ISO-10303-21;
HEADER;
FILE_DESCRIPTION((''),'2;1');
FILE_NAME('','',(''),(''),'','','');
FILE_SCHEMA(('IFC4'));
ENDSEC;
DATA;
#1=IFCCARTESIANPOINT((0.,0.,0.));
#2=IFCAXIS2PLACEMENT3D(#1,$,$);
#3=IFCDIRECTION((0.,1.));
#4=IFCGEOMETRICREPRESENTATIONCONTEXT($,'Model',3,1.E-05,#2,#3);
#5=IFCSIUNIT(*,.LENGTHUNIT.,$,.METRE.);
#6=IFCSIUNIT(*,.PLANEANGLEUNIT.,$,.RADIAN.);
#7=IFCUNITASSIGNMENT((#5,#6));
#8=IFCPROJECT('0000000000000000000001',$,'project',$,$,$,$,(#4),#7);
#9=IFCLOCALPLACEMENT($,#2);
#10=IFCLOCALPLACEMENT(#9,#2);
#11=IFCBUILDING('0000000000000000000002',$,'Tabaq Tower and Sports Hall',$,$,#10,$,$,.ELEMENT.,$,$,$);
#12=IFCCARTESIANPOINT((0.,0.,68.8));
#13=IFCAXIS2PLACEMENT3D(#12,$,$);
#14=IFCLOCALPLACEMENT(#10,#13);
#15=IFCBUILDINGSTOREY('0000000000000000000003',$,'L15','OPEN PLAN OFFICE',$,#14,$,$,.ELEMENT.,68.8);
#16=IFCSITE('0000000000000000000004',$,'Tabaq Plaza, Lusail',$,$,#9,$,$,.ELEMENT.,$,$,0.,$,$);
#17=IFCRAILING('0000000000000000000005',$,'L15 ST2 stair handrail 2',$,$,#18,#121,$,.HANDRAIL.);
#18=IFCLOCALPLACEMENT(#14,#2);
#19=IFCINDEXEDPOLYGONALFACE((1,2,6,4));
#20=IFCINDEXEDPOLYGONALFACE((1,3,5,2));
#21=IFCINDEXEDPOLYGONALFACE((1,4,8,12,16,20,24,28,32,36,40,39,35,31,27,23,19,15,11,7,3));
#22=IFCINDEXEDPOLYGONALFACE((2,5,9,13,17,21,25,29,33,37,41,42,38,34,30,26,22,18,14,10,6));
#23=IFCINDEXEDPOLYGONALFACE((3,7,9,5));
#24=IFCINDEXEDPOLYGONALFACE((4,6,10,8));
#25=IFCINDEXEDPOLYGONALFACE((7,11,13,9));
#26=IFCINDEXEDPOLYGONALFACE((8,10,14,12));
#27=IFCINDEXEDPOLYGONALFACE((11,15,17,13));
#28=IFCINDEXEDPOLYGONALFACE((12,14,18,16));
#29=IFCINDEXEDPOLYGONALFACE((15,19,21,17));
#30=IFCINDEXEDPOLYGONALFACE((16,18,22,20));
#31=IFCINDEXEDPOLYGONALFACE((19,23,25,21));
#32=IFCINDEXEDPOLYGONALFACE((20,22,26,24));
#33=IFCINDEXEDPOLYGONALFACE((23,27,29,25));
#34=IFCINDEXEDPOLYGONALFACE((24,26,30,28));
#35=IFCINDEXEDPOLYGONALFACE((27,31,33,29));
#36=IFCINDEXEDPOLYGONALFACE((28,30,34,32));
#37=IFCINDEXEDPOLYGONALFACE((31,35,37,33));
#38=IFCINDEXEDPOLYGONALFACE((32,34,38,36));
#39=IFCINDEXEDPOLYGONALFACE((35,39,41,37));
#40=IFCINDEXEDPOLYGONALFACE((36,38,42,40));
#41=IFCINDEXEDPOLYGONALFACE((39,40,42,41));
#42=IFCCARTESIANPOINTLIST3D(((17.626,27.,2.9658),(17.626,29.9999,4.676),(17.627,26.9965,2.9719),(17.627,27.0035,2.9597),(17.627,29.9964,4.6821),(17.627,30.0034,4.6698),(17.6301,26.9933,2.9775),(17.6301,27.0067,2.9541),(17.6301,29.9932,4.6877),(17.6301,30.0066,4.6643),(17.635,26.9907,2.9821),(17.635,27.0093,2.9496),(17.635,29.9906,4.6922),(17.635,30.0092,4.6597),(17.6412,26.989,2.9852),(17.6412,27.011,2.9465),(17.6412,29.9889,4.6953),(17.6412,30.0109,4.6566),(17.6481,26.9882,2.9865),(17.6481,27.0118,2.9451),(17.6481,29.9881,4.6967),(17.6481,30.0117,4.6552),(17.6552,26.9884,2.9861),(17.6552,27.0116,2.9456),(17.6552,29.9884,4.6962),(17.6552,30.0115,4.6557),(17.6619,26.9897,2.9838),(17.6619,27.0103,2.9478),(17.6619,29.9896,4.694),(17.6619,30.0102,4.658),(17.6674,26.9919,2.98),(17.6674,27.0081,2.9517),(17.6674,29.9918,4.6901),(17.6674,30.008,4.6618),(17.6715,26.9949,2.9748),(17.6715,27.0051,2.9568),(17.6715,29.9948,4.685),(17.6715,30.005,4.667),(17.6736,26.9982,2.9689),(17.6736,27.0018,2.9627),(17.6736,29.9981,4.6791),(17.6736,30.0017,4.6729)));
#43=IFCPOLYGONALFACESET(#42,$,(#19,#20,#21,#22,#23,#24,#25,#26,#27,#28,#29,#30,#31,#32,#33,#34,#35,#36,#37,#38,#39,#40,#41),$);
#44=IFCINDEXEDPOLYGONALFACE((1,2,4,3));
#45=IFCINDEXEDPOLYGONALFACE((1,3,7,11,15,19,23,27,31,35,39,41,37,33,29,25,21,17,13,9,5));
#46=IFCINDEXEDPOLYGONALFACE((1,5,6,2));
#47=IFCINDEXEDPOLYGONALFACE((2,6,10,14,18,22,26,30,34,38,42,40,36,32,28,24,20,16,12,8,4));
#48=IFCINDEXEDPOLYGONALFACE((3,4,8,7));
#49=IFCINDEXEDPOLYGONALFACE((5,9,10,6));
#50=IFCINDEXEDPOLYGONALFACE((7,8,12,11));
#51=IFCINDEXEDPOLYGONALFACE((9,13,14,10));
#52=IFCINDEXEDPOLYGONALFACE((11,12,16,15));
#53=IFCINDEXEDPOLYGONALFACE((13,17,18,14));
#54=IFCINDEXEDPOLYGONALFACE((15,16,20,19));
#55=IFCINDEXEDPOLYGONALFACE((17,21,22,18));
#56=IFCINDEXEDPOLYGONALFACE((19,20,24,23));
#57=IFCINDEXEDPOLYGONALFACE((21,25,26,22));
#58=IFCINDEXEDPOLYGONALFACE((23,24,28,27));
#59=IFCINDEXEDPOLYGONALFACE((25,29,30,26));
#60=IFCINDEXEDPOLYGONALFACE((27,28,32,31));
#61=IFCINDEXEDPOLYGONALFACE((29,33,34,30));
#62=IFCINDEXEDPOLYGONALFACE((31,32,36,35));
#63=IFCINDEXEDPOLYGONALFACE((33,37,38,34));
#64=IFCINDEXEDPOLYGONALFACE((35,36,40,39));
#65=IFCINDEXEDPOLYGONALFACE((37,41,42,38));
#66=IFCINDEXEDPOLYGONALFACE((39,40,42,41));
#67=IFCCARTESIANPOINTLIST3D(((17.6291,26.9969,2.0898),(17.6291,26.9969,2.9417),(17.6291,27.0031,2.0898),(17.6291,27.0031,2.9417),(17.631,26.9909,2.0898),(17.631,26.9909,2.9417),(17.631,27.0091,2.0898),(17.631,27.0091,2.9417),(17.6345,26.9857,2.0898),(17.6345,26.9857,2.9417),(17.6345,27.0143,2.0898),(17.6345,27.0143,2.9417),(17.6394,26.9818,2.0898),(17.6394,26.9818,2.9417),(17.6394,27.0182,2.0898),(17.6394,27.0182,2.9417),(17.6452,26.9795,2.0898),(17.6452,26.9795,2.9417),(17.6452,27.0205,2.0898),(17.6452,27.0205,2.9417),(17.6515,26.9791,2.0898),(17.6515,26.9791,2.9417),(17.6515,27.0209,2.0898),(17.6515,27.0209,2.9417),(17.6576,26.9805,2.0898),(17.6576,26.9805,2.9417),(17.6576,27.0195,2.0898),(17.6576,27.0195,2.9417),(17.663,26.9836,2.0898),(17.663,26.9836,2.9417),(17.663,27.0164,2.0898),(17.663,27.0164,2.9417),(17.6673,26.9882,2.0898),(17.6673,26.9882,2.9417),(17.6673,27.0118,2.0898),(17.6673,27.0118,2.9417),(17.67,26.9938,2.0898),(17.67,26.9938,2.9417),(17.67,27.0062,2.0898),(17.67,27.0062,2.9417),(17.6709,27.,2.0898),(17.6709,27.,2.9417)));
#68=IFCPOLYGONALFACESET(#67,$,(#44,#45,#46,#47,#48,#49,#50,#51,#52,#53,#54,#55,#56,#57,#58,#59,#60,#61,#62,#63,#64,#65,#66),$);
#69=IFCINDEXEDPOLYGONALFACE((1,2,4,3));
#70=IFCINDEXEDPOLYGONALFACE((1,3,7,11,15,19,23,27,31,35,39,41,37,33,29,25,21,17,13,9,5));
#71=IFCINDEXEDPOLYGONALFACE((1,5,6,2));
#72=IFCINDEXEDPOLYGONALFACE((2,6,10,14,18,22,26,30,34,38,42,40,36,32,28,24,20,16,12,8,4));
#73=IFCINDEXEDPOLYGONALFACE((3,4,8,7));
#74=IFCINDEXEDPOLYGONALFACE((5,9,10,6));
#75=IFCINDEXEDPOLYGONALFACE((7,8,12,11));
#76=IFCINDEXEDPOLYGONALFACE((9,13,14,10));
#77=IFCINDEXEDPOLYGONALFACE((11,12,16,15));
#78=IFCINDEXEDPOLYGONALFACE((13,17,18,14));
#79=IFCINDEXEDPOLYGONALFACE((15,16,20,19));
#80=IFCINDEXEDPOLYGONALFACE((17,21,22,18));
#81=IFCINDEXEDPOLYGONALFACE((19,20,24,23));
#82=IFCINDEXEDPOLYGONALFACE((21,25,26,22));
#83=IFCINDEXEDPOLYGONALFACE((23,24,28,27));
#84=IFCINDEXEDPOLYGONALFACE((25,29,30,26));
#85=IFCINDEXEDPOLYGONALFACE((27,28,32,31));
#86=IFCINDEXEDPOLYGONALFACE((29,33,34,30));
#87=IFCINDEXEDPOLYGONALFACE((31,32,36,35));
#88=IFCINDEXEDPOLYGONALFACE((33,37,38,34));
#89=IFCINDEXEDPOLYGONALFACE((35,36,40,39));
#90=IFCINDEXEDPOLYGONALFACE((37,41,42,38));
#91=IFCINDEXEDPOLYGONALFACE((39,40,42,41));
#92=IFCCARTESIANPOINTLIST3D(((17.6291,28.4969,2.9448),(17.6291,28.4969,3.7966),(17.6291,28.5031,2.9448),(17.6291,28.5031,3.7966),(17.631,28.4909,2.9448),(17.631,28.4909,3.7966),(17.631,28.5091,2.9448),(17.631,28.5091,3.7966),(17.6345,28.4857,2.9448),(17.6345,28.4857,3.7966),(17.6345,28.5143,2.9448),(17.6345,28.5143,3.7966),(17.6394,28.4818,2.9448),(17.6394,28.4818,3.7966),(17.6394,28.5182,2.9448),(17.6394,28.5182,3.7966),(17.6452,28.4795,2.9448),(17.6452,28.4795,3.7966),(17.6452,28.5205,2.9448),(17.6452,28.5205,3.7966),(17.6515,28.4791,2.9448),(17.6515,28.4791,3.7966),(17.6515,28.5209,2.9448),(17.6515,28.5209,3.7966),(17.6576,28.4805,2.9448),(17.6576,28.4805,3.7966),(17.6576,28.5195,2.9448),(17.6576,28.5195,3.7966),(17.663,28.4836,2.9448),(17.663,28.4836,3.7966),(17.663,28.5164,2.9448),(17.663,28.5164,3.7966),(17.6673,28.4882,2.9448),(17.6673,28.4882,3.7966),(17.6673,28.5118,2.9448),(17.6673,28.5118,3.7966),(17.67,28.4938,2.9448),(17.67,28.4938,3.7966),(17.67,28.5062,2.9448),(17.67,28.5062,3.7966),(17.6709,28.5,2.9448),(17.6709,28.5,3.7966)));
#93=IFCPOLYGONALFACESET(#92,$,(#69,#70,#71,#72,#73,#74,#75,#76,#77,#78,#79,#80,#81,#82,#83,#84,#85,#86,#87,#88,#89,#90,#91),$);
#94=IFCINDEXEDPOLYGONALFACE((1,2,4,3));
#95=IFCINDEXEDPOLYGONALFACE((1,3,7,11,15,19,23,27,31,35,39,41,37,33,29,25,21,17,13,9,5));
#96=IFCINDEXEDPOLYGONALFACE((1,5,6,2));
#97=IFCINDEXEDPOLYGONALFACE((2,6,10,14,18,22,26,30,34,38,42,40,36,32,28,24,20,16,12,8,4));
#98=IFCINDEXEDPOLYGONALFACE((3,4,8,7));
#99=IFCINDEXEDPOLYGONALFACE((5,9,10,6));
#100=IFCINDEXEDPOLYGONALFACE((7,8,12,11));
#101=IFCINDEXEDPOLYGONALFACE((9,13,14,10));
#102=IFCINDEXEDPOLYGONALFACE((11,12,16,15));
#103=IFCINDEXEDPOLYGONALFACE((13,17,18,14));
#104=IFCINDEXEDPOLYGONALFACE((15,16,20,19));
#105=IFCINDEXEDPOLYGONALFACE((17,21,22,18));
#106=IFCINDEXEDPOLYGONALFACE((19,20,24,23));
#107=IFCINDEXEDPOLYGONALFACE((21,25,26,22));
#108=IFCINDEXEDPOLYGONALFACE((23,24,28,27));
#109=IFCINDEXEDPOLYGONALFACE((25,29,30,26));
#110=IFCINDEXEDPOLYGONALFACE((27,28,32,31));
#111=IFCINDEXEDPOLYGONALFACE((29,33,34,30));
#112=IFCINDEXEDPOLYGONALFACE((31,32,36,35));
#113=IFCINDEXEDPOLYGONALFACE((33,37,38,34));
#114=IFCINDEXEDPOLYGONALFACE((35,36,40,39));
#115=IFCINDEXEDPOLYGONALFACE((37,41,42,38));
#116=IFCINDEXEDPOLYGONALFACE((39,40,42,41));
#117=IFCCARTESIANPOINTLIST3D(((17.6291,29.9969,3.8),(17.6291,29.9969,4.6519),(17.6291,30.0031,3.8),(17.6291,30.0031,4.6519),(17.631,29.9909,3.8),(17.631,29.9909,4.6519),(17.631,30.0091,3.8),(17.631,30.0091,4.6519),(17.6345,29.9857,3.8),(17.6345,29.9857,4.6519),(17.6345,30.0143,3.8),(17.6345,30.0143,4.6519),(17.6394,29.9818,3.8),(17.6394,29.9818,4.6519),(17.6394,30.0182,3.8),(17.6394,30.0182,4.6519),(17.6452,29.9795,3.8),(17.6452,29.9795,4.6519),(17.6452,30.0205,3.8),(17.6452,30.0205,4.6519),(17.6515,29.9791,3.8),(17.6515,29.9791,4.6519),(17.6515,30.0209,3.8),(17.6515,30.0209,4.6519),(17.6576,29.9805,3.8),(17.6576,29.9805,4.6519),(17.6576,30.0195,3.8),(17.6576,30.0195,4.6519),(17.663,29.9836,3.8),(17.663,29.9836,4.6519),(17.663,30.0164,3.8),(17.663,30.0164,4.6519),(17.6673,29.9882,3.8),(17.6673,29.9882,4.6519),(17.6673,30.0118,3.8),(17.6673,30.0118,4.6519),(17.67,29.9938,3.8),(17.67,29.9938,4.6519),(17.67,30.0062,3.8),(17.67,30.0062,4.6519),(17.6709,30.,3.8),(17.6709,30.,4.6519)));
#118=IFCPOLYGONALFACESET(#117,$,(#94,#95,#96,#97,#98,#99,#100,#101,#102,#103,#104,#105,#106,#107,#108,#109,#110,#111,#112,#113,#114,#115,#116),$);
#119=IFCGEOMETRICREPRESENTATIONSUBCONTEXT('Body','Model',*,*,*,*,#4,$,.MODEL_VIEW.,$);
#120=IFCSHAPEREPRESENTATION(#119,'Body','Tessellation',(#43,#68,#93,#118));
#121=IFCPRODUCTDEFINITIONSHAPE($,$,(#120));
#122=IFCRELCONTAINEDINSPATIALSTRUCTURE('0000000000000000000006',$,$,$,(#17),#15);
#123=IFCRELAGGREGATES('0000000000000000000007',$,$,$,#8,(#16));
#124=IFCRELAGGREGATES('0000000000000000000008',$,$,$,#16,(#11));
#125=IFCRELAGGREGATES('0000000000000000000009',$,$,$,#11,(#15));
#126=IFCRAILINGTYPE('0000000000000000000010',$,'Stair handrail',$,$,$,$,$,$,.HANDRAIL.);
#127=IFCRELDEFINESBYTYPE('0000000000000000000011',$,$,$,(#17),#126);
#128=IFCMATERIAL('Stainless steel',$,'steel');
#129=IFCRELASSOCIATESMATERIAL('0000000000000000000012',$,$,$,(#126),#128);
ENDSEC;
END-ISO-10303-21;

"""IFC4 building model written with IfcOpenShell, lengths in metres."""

from ifc_helpers import new_model, si_unit, direction, frame, origin, origin_2d, place, context, subcontext, project, spatial, circle, extrude, material, type_object, element, save


model = new_model("IFC4")

# Units and contexts
model_context = context("Model", 3, precision=1e-05, world=origin(), true_north=direction((0.0, 1.0)))
body_context = subcontext(model_context, "Body", "Model", "MODEL_VIEW")
ifc_project = project(units=[si_unit("LENGTHUNIT", "METRE"), si_unit("PLANEANGLEUNIT", "RADIAN")], contexts=[model_context])

# Site, building, storey
site_placement = place(None, origin())
site = spatial("IfcSite", under=ifc_project, at=site_placement, Name="Tabaq Plaza, Lusail", CompositionType="ELEMENT", RefElevation=0.0)
building_placement = place(site_placement, origin())
building = spatial("IfcBuilding", under=site, at=building_placement, Name="Tabaq Tower and Sports Hall", CompositionType="ELEMENT")
storey_placement = place(building_placement, frame((0.0, 0.0, 68.8)))
storey = spatial("IfcBuildingStorey", under=building, at=storey_placement, Name="L15", Description="OPEN PLAN OFFICE", CompositionType="ELEMENT", Elevation=68.8)

# Railing
ifc_material_1 = material(Name="Stainless steel", Category="steel")
railing_type_1 = type_object("IfcRailingType", Name="Stair handrail", PredefinedType="HANDRAIL", material=ifc_material_1)
railing_1_placement = place(storey_placement, frame((17.6499, 27.0, 2.0898)))
element("IfcRailing", 1, at=railing_1_placement, inside=storey, type_object=railing_type_1, Name="L15 ST2 stair handrail 2", PredefinedType="HANDRAIL", context=body_context, shape_type="SweptSolid", body=[
    extrude(circle(Radius=0.0239, at=origin_2d()), frame((0.0, 0.0, 0.876), z_axis=(0.0, 0.868752, 0.495248), x_axis=(-1.0, 0.0, 0.0)), (0.0, 0.0, 1.0), 3.4531),
    extrude(circle(Radius=0.021, at=origin_2d()), origin(), (0.0, 0.0, 1.0), 0.8518),
    extrude(circle(Radius=0.021, at=origin_2d()), frame((0.0, 1.5, 0.855)), (0.0, 0.0, 1.0), 0.8518),
    extrude(circle(Radius=0.021, at=origin_2d()), frame((0.0, 3.0, 1.7102)), (0.0, 0.0, 1.0), 0.8518),
])

save(model, "model.ifc")
